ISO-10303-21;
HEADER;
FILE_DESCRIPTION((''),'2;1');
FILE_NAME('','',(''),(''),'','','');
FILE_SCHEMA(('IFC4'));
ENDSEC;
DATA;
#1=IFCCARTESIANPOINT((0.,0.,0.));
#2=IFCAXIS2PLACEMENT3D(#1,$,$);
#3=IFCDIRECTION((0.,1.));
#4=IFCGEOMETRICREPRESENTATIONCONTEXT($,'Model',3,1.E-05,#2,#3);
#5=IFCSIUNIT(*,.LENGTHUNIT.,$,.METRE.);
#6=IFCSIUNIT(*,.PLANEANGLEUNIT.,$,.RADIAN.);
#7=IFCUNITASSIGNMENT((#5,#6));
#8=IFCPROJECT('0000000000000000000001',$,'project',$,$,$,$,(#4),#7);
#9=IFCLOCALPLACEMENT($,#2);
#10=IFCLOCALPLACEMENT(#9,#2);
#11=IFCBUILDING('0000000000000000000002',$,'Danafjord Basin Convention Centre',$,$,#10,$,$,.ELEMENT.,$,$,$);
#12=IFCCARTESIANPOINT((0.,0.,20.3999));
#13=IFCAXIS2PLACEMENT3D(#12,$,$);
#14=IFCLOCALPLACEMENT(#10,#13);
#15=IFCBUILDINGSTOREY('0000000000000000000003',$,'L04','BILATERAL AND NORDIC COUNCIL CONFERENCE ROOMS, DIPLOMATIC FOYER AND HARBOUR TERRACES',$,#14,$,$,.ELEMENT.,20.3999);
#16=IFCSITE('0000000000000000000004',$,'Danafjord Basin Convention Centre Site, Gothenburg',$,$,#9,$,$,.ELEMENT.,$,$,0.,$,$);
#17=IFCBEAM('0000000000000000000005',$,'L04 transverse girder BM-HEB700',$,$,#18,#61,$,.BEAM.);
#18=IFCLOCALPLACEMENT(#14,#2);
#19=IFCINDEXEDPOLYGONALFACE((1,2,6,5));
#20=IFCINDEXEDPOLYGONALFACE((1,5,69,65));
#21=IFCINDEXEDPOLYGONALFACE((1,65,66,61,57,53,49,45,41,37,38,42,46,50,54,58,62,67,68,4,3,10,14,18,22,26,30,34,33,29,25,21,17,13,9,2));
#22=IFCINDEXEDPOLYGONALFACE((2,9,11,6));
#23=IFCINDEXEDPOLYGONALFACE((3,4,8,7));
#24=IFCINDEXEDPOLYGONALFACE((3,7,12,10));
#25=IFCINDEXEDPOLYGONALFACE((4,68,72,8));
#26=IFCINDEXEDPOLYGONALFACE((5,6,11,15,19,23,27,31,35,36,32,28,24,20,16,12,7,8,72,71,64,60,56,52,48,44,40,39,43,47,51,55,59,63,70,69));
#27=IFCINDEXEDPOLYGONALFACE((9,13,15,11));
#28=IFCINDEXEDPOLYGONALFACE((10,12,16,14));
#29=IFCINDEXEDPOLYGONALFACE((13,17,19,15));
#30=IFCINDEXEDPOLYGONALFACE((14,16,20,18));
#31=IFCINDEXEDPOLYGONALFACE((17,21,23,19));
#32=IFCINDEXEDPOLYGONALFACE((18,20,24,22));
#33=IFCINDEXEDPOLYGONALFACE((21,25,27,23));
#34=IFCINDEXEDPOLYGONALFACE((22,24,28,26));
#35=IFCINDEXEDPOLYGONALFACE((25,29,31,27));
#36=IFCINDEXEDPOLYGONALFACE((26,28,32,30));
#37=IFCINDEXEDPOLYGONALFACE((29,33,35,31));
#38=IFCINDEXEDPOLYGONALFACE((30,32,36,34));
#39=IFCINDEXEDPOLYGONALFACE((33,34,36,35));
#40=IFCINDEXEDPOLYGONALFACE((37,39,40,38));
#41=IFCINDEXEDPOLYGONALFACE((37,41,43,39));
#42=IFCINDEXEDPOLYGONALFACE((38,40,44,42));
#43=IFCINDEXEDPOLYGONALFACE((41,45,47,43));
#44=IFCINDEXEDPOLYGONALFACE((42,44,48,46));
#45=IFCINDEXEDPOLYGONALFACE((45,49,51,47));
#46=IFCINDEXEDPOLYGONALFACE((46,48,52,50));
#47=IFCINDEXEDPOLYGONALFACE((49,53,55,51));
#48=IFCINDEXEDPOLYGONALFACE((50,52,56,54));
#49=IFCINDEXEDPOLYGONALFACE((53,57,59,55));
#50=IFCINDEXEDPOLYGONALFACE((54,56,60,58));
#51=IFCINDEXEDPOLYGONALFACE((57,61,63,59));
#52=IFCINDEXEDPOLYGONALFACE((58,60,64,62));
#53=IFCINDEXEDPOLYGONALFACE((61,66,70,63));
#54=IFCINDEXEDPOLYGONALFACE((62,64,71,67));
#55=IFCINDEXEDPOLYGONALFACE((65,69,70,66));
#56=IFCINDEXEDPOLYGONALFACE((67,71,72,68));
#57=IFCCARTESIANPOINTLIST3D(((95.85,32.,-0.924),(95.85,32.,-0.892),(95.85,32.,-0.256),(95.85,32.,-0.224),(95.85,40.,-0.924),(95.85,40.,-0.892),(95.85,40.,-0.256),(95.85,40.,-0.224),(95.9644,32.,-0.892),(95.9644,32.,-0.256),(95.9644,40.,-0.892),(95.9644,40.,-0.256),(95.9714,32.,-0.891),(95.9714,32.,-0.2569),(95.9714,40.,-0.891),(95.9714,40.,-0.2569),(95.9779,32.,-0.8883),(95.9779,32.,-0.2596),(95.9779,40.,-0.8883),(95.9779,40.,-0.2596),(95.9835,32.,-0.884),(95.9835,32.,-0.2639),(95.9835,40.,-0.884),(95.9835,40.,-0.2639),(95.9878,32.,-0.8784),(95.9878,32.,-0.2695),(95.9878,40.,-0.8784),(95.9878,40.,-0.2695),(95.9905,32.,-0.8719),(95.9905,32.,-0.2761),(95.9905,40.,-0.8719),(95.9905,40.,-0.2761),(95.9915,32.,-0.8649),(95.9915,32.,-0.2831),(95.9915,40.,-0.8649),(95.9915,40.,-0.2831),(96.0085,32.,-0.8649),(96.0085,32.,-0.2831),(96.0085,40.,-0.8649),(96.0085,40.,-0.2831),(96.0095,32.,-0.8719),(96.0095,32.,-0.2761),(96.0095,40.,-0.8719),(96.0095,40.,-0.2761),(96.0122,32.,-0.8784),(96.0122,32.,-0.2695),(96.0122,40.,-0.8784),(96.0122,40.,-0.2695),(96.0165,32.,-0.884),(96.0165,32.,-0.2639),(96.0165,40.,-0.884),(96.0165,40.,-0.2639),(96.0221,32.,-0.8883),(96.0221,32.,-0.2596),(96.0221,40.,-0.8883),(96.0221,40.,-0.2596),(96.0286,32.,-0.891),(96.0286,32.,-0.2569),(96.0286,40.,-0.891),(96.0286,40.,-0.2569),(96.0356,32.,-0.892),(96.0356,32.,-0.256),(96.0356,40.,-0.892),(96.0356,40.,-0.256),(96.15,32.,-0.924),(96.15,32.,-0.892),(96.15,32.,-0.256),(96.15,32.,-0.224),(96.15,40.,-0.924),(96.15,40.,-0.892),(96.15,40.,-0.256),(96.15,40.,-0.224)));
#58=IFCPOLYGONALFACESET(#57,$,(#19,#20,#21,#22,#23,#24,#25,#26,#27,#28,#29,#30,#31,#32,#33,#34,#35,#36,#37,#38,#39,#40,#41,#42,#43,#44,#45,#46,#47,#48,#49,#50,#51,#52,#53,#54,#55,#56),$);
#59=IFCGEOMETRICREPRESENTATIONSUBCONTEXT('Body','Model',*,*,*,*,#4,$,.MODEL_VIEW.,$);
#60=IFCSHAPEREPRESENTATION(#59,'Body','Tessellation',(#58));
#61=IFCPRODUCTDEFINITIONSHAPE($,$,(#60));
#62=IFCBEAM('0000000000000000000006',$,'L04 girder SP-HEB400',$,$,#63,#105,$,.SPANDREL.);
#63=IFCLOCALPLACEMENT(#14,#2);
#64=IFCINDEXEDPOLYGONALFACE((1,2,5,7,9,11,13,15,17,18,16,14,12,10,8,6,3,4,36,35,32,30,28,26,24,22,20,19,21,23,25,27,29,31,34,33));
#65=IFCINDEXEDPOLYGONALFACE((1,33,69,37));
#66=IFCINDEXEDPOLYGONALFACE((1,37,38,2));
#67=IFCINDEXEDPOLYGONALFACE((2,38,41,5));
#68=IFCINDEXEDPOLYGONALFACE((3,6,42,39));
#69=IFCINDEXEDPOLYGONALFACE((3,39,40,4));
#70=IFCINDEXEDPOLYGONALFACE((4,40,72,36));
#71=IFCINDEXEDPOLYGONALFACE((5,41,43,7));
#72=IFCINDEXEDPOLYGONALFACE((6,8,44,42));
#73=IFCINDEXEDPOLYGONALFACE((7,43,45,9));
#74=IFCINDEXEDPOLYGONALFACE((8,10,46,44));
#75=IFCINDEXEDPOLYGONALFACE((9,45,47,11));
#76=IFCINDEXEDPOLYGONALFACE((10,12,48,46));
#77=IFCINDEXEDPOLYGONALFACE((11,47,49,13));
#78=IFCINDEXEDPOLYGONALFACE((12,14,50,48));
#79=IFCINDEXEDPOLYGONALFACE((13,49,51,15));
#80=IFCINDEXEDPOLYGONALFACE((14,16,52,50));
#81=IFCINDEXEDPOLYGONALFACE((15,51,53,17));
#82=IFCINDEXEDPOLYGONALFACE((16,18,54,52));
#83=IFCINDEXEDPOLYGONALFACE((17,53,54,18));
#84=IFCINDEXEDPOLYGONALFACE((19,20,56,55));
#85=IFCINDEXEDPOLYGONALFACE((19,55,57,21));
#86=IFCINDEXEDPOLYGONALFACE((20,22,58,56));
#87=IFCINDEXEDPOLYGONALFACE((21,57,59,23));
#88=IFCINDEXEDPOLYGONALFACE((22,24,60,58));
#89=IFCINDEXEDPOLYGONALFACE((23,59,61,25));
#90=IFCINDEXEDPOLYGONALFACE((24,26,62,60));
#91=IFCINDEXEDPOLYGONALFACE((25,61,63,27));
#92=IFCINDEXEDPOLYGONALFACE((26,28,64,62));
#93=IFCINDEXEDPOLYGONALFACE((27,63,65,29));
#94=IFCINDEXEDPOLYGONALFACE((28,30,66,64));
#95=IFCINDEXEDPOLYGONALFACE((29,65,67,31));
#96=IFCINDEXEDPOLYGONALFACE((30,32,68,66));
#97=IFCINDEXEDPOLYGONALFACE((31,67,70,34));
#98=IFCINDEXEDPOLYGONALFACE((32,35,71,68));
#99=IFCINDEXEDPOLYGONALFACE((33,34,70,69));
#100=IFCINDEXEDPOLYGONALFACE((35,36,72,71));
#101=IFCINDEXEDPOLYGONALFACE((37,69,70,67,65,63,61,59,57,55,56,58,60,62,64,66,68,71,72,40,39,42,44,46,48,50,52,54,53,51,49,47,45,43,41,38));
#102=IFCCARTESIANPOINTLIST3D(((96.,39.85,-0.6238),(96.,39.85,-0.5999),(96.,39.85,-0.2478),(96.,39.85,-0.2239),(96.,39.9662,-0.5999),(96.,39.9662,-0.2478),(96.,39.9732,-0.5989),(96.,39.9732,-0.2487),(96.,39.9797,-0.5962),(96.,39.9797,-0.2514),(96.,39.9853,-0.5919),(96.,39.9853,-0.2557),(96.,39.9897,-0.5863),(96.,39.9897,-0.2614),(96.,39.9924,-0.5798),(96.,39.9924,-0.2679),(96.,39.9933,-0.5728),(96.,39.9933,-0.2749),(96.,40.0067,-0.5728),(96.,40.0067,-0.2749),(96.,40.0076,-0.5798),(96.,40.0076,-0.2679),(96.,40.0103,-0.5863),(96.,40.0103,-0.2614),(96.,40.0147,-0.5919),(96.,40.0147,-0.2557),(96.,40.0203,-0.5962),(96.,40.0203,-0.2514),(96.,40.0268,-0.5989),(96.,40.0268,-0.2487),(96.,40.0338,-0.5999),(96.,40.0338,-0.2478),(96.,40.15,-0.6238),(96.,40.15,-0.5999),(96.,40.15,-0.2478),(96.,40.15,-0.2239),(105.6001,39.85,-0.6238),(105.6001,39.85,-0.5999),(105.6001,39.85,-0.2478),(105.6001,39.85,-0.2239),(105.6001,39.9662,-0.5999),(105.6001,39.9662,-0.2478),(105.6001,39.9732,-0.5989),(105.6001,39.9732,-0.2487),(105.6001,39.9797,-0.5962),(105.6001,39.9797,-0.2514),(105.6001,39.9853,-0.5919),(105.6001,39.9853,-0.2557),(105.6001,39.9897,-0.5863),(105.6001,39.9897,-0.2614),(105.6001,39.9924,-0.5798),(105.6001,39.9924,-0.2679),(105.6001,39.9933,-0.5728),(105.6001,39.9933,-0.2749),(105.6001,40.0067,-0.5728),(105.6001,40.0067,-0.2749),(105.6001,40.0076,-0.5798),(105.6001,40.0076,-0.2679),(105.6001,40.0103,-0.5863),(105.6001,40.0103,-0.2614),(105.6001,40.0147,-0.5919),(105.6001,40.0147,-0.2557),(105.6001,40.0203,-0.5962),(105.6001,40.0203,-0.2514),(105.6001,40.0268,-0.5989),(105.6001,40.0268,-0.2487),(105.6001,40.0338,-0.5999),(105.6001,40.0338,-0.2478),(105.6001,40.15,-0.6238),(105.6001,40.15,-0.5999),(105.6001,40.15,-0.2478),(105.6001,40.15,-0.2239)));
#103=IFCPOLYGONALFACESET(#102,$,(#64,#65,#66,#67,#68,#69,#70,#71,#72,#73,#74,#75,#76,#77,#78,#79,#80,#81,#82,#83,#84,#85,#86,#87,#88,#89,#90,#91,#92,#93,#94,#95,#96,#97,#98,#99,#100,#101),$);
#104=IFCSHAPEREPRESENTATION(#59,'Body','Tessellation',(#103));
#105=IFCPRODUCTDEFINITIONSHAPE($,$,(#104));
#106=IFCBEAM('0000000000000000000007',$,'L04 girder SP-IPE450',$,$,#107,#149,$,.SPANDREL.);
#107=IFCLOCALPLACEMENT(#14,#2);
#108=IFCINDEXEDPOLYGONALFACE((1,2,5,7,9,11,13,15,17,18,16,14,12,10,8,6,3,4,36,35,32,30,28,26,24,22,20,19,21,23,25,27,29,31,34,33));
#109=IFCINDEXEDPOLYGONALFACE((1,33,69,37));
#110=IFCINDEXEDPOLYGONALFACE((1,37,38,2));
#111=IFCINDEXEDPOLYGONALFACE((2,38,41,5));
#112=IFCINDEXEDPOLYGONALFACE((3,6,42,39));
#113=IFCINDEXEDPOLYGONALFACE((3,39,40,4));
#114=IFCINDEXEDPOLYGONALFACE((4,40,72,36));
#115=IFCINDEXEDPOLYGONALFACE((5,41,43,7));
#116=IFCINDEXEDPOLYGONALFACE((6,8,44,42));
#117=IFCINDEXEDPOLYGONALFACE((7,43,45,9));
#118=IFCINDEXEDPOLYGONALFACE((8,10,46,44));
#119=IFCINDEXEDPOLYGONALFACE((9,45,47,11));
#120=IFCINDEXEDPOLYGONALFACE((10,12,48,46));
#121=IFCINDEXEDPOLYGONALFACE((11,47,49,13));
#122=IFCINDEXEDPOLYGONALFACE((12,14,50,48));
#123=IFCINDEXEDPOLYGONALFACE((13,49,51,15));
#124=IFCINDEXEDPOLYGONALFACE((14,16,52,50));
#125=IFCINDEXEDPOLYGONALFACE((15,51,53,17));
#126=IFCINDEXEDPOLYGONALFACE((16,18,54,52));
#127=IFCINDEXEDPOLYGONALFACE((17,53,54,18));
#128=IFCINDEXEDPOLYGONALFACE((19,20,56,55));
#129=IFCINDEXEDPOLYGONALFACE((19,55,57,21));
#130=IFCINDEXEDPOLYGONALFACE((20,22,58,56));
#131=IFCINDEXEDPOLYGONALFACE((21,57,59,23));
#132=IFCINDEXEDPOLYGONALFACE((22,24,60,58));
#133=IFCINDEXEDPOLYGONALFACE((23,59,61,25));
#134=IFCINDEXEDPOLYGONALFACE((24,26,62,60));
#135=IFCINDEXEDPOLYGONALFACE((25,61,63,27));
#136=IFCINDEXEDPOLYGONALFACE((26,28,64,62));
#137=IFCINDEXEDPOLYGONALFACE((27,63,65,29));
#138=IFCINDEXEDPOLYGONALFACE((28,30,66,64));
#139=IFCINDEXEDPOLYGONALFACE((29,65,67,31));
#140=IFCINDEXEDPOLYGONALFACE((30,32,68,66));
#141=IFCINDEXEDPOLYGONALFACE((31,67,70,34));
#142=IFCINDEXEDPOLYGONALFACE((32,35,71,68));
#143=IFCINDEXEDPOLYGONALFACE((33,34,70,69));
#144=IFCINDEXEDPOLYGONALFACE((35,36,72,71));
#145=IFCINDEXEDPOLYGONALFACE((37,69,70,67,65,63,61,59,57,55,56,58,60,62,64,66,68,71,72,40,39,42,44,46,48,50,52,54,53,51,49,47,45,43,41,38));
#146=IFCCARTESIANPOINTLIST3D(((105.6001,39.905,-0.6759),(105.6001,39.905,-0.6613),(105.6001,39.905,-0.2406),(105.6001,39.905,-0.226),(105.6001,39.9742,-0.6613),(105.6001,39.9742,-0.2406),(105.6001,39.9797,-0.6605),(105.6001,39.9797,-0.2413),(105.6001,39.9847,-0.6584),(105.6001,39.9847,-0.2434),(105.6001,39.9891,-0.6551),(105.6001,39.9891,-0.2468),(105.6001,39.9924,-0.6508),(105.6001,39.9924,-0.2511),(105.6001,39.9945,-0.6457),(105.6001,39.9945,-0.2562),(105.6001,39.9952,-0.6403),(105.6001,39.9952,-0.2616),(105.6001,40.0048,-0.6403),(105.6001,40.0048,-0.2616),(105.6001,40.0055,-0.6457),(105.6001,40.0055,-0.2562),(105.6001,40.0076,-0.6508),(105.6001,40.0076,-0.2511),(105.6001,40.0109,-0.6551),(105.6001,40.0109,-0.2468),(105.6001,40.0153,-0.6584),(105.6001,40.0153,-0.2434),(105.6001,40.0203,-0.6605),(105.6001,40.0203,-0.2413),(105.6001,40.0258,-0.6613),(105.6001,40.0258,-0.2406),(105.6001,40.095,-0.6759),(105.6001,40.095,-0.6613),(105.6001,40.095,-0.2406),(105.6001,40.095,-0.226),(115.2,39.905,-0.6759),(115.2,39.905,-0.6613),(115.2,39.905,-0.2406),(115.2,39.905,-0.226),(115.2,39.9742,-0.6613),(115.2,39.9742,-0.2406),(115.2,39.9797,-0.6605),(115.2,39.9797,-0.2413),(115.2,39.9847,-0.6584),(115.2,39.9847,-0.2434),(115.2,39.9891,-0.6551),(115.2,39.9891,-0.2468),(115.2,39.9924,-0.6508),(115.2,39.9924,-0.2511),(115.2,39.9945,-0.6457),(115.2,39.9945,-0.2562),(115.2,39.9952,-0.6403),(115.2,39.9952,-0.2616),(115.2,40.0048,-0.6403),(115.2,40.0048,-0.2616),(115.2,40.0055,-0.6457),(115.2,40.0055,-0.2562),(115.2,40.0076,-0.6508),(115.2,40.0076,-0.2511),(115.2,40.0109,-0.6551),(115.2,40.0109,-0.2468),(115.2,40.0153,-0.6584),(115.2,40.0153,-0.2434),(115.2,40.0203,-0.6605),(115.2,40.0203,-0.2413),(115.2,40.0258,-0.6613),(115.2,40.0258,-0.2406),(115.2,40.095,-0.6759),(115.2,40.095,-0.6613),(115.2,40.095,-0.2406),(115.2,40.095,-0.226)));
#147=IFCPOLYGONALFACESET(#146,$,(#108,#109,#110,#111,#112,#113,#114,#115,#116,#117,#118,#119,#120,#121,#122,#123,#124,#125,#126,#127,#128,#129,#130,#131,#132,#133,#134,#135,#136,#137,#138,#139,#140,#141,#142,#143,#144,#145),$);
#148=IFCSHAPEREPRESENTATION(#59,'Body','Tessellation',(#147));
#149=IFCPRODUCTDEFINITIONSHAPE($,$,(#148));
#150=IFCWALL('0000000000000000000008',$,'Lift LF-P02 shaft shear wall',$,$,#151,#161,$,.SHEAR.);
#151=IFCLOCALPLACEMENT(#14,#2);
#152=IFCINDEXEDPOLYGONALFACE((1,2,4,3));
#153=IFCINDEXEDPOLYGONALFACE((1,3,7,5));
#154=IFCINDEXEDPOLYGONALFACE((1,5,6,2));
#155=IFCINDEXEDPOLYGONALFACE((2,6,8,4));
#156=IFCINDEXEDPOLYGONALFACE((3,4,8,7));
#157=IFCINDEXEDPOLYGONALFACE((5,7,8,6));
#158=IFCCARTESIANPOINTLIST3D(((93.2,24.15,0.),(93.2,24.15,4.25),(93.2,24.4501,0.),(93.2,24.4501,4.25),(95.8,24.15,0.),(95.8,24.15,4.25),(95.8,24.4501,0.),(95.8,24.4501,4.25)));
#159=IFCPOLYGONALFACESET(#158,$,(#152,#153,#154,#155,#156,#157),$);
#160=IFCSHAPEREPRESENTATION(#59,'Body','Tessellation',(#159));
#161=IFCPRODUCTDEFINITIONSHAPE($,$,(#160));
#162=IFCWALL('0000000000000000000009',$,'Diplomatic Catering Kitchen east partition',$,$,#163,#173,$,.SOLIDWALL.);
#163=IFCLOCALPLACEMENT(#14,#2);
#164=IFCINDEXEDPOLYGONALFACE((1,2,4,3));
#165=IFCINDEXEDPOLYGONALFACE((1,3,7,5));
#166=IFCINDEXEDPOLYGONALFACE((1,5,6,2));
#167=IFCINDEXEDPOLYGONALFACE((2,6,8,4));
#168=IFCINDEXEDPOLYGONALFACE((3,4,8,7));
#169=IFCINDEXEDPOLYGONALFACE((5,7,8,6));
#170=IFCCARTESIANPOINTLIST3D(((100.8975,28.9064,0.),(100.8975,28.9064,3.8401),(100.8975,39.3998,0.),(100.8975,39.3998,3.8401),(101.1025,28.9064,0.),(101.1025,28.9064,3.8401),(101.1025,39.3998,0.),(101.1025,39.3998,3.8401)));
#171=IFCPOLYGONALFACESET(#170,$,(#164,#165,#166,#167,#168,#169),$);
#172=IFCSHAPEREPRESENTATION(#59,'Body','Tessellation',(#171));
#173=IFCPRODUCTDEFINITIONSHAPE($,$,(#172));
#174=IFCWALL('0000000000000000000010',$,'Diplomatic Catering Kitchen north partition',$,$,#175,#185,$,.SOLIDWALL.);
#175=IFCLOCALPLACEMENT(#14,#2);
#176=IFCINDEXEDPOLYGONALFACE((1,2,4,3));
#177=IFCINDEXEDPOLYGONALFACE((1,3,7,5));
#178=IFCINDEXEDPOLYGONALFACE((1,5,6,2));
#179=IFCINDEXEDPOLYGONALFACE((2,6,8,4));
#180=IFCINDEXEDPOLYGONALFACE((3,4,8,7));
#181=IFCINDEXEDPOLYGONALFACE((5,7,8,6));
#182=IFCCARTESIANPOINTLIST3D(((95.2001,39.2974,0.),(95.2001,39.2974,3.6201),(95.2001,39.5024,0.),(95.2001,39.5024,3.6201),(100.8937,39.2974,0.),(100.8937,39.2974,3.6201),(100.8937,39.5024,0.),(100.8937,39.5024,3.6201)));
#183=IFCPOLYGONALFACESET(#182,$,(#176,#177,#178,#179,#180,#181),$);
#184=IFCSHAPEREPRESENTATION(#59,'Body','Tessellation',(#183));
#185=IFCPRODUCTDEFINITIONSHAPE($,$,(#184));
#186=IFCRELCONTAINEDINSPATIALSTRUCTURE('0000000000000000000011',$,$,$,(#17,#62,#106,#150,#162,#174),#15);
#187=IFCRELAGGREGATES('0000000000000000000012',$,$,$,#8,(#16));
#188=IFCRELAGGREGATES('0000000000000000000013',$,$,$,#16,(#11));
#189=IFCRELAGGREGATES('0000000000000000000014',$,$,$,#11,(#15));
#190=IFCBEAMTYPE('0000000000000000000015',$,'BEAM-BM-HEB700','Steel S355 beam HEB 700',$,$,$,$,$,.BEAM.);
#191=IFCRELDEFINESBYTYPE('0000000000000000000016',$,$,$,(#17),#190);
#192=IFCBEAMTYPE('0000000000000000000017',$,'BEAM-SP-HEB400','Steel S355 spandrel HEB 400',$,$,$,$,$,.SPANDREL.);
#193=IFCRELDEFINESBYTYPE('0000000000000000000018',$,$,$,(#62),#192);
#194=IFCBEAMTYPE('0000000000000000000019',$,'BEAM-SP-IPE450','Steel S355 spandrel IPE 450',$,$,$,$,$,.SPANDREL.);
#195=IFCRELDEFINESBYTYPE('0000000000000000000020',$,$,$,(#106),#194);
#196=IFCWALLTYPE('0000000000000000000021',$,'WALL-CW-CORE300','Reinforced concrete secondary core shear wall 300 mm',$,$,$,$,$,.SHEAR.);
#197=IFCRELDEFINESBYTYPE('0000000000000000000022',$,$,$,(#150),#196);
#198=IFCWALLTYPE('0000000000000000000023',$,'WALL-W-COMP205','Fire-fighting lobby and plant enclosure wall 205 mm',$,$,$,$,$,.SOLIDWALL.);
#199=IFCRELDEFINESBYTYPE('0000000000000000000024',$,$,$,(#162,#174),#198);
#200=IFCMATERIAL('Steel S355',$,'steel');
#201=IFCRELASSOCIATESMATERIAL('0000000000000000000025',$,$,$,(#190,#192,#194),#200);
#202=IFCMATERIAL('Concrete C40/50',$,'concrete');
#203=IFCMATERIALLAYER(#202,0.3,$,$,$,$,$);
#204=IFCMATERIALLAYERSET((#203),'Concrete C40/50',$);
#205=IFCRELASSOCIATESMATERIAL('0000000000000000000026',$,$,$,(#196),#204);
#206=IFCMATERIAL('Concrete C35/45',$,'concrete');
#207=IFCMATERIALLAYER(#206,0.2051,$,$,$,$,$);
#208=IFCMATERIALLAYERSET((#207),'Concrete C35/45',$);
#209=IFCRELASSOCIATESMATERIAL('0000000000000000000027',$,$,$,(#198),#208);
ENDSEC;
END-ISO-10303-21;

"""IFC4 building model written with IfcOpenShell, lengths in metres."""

from ifc_helpers import new_model, si_unit, direction, frame, frame_2d, origin, origin_2d, place, context, subcontext, project, spatial, rectangle, i_section, extrude, material, layer, layer_set, material_profile, profile_set, type_object, element, save


model = new_model("IFC4")

# Units and contexts
model_context = context("Model", 3, precision=1e-05, world=origin(), true_north=direction((0.0, 1.0)))
body_context = subcontext(model_context, "Body", "Model", "MODEL_VIEW")
ifc_project = project(units=[si_unit("LENGTHUNIT", "METRE"), si_unit("PLANEANGLEUNIT", "RADIAN")], contexts=[model_context])

# Site, building, storey
site_placement = place(None, origin())
site = spatial("IfcSite", under=ifc_project, at=site_placement, Name="Danafjord Basin Convention Centre Site, Gothenburg", CompositionType="ELEMENT", RefElevation=0.0)
building_placement = place(site_placement, origin())
building = spatial("IfcBuilding", under=site, at=building_placement, Name="Danafjord Basin Convention Centre", CompositionType="ELEMENT")
storey_placement = place(building_placement, frame((0.0, 0.0, 20.3999)))
storey = spatial("IfcBuildingStorey", under=building, at=storey_placement, Name="L04", Description="BILATERAL AND NORDIC COUNCIL CONFERENCE ROOMS, DIPLOMATIC FOYER AND HARBOUR TERRACES", CompositionType="ELEMENT", Elevation=20.3999)

# Shared definitions
ifc_material_1 = material(Name="Steel S355", Category="steel")

# Beams
ifc_material_profile_1 = material_profile(ifc_material_1, i_section(OverallWidth=0.3, OverallDepth=0.7, WebThickness=0.0171, FlangeThickness=0.032, FilletRadius=0.0271, at=origin_2d()), Name="HEB 700")
ifc_profile_set_1 = profile_set([ifc_material_profile_1], Name="Steel S355")
beam_type_1 = type_object("IfcBeamType", Name="BEAM-BM-HEB700", Description="Steel S355 beam HEB 700", PredefinedType="BEAM", material=ifc_profile_set_1)
beam_1_placement = place(storey_placement, frame((96.0, 32.0, -0.574), z_axis=(0.0, 1.0, 0.0), x_axis=(-1.0, 0.0, 0.0)))
element("IfcBeam", 1, at=beam_1_placement, inside=storey, type_object=beam_type_1, Name="L04 transverse girder BM-HEB700", PredefinedType="BEAM", context=body_context, shape_type="SweptSolid", body=[
    extrude(i_section(OverallWidth=0.3, OverallDepth=0.7, WebThickness=0.0171, FlangeThickness=0.032, FilletRadius=0.0271, at=origin_2d()), origin(), (0.0, 0.0, 1.0), 8.0),
])
ifc_material_profile_2 = material_profile(ifc_material_1, i_section(OverallWidth=0.3, OverallDepth=0.3999, WebThickness=0.0134, FlangeThickness=0.0239, FilletRadius=0.0271, at=origin_2d()), Name="HEB 400")
ifc_profile_set_2 = profile_set([ifc_material_profile_2], Name="Steel S355")
beam_type_2 = type_object("IfcBeamType", Name="BEAM-SP-HEB400", Description="Steel S355 spandrel HEB 400", PredefinedType="SPANDREL", material=ifc_profile_set_2)
beam_2_placement = place(storey_placement, frame((96.0, 40.0, -0.4238), z_axis=(1.0, 0.0, 0.0), x_axis=(0.0, 1.0, 0.0)))
element("IfcBeam", 2, at=beam_2_placement, inside=storey, type_object=beam_type_2, Name="L04 girder SP-HEB400", PredefinedType="SPANDREL", context=body_context, shape_type="SweptSolid", body=[
    extrude(i_section(OverallWidth=0.3, OverallDepth=0.3999, WebThickness=0.0134, FlangeThickness=0.0239, FilletRadius=0.0271, at=origin_2d()), origin(), (0.0, 0.0, 1.0), 9.6001),
])
ifc_material_profile_3 = material_profile(ifc_material_1, i_section(OverallWidth=0.1899, OverallDepth=0.45, WebThickness=0.0095, FlangeThickness=0.0146, FilletRadius=0.021, at=origin_2d()), Name="IPE 450")
ifc_profile_set_3 = profile_set([ifc_material_profile_3], Name="Steel S355")
beam_type_3 = type_object("IfcBeamType", Name="BEAM-SP-IPE450", Description="Steel S355 spandrel IPE 450", PredefinedType="SPANDREL", material=ifc_profile_set_3)
beam_3_placement = place(storey_placement, frame((105.6001, 40.0, -0.4509), z_axis=(1.0, 0.0, 0.0), x_axis=(0.0, 1.0, 0.0)))
element("IfcBeam", 3, at=beam_3_placement, inside=storey, type_object=beam_type_3, Name="L04 girder SP-IPE450", PredefinedType="SPANDREL", context=body_context, shape_type="SweptSolid", body=[
    extrude(i_section(OverallWidth=0.1899, OverallDepth=0.45, WebThickness=0.0095, FlangeThickness=0.0146, FilletRadius=0.021, at=origin_2d()), origin(), (0.0, 0.0, 1.0), 9.5999),
])

# Walls
ifc_material_2 = material(Name="Concrete C40/50", Category="concrete")
ifc_layer_1 = layer(ifc_material_2, 0.3)
ifc_layer_set_1 = layer_set([ifc_layer_1], Name="Concrete C40/50")
wall_type_1 = type_object("IfcWallType", Name="WALL-CW-CORE300", Description="Reinforced concrete secondary core shear wall 300 mm", PredefinedType="SHEAR", material=ifc_layer_set_1)
wall_1_placement = place(storey_placement, frame((95.8, 24.3, 0.0), z_axis=(0.0, 0.0, 1.0), x_axis=(-1.0, 0.0, 0.0)))
element("IfcWall", 4, at=wall_1_placement, inside=storey, type_object=wall_type_1, Name="Lift LF-P02 shaft shear wall", PredefinedType="SHEAR", context=body_context, shape_type="SweptSolid", body=[
    extrude(rectangle(XDim=2.6001, YDim=0.3, at=frame_2d((1.3, 0.0))), origin(), (0.0, 0.0, 1.0), 4.25),
])
ifc_material_3 = material(Name="Concrete C35/45", Category="concrete")
ifc_layer_2 = layer(ifc_material_3, 0.2051)
ifc_layer_set_2 = layer_set([ifc_layer_2], Name="Concrete C35/45")
wall_type_2 = type_object("IfcWallType", Name="WALL-W-COMP205", Description="Fire-fighting lobby and plant enclosure wall 205 mm", PredefinedType="SOLIDWALL", material=ifc_layer_set_2)
wall_2_placement = place(storey_placement, frame((101.0, 28.9065, 0.0), z_axis=(0.0, 0.0, 1.0), x_axis=(0.0, 1.0, 0.0)))
element("IfcWall", 5, at=wall_2_placement, inside=storey, type_object=wall_type_2, Name="Diplomatic Catering Kitchen east partition", PredefinedType="SOLIDWALL", context=body_context, shape_type="SweptSolid", body=[
    extrude(rectangle(XDim=10.4934, YDim=0.2051, at=frame_2d((5.2466, 0.0))), origin(), (0.0, 0.0, 1.0), 3.8401),
])
wall_3_placement = place(storey_placement, frame((100.8936, 39.3999, 0.0), z_axis=(0.0, 0.0, 1.0), x_axis=(-1.0, 0.0, 0.0)))
element("IfcWall", 6, at=wall_3_placement, inside=storey, type_object=wall_type_2, Name="Diplomatic Catering Kitchen north partition", PredefinedType="SOLIDWALL", context=body_context, shape_type="SweptSolid", body=[
    extrude(rectangle(XDim=5.6936, YDim=0.2051, at=frame_2d((2.8467, 0.0))), origin(), (0.0, 0.0, 1.0), 3.6201),
])

save(model, "model.ifc")
